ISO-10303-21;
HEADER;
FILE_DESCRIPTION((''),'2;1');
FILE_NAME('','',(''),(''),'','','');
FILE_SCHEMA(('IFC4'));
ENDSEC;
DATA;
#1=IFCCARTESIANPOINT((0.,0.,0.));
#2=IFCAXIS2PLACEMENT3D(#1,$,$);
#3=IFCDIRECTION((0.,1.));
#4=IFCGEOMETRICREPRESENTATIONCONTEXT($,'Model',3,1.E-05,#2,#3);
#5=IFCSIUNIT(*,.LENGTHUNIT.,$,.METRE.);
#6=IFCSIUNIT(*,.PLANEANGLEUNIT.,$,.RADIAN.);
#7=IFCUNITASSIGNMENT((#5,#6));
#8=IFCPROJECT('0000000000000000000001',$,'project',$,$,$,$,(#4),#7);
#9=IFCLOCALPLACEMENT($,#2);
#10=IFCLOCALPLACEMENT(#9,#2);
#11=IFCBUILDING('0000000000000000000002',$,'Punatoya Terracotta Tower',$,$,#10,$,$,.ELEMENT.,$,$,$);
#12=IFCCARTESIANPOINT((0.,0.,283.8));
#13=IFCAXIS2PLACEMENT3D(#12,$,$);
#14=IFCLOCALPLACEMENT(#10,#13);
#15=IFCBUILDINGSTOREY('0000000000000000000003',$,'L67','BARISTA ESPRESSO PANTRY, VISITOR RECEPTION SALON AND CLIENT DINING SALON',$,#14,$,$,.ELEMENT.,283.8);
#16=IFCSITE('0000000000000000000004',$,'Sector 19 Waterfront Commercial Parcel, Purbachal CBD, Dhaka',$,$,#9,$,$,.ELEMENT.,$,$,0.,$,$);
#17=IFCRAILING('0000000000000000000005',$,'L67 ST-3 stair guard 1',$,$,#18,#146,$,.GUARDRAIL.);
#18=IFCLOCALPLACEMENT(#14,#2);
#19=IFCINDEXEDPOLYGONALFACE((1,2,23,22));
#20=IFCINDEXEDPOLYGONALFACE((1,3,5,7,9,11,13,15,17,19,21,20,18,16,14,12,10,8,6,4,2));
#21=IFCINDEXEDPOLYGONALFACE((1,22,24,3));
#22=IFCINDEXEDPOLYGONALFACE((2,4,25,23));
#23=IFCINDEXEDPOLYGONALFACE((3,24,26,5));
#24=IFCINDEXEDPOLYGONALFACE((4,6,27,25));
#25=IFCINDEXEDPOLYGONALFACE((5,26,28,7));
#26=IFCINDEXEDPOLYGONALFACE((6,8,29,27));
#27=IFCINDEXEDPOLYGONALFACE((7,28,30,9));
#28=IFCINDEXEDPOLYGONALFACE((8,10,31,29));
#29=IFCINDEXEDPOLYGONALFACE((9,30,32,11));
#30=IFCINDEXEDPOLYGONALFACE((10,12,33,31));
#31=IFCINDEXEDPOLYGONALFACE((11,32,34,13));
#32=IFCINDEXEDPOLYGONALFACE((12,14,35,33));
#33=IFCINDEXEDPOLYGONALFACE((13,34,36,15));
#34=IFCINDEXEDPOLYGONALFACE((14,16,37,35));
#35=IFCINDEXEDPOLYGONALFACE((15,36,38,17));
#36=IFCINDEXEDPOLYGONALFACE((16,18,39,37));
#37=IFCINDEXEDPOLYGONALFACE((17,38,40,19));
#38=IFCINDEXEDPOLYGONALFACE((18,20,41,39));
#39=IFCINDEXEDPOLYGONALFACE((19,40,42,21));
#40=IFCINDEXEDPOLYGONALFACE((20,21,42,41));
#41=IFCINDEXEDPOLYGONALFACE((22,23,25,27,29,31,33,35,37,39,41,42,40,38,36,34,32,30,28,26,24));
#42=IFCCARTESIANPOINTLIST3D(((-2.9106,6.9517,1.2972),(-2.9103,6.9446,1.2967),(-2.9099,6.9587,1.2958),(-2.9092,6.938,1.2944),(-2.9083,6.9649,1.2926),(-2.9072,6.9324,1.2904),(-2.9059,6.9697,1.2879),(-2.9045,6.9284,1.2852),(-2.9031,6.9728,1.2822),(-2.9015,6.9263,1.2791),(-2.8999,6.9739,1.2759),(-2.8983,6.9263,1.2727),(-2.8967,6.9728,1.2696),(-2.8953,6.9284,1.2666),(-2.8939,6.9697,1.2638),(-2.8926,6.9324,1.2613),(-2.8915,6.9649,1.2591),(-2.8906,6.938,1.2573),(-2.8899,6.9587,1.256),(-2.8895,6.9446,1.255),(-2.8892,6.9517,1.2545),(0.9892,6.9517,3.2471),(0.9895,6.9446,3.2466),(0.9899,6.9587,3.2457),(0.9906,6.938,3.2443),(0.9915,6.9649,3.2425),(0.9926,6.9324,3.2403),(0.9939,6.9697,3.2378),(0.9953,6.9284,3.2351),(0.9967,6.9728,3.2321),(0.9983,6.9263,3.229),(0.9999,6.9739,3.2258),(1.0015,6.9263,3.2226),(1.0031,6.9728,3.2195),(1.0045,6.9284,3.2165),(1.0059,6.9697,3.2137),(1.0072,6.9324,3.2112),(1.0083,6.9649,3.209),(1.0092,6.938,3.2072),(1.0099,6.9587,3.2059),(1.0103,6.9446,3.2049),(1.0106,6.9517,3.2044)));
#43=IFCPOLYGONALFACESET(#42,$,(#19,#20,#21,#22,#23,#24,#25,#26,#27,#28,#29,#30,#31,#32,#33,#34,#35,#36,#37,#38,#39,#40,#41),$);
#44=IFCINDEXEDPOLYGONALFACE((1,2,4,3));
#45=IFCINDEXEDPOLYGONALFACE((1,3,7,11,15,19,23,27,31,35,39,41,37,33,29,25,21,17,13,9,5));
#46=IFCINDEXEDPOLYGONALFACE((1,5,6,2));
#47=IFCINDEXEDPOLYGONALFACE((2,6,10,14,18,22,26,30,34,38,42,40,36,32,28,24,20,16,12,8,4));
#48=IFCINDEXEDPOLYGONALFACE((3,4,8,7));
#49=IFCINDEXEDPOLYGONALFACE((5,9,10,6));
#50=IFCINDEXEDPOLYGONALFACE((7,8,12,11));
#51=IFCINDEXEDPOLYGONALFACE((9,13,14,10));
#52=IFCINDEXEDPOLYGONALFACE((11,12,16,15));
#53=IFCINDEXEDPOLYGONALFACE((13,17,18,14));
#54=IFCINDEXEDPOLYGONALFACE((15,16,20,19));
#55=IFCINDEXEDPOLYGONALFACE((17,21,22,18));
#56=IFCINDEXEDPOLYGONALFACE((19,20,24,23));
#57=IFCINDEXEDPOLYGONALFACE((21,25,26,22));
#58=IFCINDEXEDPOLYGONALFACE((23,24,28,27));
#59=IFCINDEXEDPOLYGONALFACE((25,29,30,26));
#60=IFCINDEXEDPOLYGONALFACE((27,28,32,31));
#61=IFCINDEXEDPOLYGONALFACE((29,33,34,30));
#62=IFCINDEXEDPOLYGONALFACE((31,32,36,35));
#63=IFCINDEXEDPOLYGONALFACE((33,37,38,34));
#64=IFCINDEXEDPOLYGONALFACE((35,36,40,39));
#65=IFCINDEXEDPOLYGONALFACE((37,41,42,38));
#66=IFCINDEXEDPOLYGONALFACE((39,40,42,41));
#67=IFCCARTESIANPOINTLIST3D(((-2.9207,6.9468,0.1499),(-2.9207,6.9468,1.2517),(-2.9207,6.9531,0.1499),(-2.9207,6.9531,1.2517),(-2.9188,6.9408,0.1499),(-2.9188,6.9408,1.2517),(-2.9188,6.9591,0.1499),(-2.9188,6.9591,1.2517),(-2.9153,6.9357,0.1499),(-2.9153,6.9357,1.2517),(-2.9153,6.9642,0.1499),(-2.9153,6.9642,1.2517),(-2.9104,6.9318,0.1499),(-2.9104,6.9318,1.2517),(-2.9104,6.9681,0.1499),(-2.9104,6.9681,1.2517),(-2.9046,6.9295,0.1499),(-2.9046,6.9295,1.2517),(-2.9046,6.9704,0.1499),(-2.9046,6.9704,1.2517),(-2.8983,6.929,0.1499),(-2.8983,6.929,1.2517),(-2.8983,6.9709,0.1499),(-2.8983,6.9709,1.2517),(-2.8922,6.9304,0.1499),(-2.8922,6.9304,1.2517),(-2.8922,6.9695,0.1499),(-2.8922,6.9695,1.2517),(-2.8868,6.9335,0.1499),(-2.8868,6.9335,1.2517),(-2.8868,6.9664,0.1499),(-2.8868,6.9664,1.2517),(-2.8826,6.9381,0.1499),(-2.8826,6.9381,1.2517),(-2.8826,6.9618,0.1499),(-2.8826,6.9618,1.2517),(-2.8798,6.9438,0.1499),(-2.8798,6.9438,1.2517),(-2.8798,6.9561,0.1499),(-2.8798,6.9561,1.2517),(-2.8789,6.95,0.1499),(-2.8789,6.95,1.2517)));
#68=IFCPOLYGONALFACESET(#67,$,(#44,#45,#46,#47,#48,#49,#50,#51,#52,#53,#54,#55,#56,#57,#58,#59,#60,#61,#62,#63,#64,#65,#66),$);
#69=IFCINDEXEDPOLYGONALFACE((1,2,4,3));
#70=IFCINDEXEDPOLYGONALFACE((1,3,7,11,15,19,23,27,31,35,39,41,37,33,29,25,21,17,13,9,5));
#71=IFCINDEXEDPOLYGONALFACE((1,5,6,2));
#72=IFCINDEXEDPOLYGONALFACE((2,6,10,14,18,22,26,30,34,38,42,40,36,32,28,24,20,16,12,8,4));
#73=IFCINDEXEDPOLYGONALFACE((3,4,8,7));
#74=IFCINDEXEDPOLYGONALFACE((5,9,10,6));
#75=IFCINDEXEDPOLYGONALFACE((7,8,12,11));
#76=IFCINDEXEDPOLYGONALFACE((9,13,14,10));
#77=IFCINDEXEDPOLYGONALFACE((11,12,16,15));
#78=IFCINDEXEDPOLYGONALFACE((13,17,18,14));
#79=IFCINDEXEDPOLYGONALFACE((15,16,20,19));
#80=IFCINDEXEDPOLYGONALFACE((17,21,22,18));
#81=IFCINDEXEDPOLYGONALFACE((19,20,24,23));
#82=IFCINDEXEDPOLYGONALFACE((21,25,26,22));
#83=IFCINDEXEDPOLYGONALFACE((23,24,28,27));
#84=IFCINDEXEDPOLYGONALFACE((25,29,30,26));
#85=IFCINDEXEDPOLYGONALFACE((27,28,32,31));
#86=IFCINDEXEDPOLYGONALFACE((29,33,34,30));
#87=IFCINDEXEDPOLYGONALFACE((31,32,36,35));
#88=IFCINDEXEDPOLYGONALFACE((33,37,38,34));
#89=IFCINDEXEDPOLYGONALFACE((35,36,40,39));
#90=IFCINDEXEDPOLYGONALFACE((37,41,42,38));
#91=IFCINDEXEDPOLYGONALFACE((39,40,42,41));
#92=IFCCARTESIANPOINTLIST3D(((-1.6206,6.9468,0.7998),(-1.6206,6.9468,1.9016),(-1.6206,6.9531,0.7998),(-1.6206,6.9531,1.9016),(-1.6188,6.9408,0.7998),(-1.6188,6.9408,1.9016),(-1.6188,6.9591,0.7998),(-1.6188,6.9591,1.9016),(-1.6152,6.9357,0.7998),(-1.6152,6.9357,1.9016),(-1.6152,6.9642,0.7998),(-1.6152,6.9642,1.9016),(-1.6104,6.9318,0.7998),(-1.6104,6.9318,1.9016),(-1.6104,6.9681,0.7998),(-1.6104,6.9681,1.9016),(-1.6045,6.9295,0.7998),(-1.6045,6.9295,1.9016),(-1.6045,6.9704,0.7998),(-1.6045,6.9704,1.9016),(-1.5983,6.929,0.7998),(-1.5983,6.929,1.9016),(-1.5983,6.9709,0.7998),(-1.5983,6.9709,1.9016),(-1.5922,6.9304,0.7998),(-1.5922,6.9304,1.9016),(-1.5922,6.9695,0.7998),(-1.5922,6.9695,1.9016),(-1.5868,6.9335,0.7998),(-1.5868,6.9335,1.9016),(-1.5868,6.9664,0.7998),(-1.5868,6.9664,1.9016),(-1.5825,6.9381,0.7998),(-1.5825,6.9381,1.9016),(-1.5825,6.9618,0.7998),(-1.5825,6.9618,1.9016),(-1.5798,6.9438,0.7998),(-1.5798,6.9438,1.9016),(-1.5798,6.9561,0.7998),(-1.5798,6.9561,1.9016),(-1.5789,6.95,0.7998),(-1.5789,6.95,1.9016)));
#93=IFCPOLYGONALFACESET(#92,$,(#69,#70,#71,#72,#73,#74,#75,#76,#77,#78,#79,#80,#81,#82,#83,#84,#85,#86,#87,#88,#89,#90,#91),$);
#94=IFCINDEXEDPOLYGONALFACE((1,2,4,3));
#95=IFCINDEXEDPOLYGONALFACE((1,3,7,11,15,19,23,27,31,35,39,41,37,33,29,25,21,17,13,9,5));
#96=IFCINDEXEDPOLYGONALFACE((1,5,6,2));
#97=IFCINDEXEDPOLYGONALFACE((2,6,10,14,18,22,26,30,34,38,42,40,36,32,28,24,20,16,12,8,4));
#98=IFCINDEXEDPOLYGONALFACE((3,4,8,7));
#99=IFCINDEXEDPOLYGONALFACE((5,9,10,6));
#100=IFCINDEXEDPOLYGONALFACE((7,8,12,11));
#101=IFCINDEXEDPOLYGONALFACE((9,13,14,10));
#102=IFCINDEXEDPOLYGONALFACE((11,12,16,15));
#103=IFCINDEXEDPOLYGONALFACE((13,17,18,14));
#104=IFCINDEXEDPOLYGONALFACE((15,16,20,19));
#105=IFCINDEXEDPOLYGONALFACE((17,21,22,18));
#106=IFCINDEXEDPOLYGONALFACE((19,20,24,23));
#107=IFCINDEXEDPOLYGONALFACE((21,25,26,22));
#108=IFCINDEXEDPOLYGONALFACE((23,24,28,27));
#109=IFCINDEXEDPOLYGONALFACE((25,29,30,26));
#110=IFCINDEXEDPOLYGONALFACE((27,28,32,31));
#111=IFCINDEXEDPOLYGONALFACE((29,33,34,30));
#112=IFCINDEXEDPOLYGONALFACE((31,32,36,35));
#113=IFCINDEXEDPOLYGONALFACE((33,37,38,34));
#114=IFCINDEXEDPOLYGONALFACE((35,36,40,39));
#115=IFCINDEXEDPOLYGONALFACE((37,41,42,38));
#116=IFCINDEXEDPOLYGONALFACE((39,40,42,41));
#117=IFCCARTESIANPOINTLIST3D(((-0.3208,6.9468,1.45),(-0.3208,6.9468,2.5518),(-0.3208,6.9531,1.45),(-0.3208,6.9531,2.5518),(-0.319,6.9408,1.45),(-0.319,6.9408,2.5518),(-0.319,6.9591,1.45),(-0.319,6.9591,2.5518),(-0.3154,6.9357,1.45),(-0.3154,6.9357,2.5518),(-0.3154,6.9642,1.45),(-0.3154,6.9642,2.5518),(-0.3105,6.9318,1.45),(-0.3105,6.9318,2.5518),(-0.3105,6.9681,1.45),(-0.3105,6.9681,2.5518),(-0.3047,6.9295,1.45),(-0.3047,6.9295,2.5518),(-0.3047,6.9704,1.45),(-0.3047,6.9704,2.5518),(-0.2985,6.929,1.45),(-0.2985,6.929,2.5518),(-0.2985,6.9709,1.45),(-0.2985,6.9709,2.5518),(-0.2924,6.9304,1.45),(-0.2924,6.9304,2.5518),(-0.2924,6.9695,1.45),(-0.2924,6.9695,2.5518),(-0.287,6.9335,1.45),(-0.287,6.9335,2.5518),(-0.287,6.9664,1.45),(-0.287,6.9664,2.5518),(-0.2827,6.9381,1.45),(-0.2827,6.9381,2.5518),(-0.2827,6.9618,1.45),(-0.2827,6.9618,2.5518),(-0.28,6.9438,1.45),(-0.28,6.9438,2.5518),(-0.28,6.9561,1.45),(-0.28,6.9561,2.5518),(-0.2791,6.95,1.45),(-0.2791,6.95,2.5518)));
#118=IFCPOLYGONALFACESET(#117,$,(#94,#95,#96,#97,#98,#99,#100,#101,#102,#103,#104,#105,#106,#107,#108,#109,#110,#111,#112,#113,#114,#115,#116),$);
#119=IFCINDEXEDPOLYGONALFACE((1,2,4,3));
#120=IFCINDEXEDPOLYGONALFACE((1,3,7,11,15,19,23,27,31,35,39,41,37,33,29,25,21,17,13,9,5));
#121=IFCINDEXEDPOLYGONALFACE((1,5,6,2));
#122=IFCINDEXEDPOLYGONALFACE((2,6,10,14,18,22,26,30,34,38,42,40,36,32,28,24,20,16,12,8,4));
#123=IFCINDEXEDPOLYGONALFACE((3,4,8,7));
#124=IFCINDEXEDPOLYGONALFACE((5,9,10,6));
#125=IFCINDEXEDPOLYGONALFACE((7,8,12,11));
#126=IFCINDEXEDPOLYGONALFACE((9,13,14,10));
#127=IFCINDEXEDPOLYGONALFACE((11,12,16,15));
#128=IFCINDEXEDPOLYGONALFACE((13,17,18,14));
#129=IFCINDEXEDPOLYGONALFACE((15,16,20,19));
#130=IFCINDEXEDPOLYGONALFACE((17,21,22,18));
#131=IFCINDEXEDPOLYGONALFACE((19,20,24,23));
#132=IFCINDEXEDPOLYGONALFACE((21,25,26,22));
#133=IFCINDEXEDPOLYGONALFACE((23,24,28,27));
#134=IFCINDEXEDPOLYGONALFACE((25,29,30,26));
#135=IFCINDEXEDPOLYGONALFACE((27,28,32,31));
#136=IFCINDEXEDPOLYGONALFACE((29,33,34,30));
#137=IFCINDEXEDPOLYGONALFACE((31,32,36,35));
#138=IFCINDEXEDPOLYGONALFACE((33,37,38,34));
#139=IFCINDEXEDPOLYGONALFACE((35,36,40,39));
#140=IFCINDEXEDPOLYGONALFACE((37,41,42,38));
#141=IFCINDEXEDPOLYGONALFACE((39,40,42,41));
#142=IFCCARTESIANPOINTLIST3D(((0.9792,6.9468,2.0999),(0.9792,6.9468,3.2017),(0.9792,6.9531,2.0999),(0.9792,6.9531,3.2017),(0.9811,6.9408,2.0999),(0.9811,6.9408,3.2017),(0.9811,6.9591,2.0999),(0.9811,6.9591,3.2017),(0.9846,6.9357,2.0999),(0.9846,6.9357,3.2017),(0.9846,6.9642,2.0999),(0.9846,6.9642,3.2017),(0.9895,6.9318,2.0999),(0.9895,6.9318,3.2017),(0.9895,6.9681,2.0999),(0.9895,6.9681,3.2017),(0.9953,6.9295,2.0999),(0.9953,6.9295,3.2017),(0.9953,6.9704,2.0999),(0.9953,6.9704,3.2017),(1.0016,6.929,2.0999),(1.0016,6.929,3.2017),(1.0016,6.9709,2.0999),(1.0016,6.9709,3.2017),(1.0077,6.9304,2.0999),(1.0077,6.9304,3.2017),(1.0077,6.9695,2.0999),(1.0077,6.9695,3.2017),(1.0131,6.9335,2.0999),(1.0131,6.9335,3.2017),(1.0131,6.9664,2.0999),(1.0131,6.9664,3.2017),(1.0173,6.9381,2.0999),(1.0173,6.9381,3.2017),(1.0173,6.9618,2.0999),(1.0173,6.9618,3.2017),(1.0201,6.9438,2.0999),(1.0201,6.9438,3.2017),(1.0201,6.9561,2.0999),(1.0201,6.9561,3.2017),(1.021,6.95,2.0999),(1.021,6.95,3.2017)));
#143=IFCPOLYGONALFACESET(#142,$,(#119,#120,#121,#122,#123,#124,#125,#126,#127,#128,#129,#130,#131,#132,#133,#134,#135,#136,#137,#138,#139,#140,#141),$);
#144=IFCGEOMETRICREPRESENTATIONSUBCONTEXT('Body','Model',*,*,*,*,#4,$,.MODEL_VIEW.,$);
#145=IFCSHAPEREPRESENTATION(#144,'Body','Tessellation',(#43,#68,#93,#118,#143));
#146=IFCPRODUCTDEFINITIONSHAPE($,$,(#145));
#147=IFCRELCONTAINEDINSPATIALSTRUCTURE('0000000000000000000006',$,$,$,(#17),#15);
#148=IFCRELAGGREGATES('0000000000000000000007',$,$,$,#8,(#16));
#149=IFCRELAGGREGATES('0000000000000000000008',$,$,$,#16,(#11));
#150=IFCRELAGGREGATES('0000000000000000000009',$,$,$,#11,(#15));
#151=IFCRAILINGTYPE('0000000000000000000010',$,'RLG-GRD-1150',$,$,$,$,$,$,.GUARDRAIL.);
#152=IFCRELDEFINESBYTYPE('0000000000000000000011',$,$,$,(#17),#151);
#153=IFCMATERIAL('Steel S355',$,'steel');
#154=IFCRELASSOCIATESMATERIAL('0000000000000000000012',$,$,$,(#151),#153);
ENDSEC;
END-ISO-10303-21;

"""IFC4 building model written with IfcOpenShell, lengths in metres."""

from ifc_helpers import new_model, si_unit, direction, frame, origin, origin_2d, place, context, subcontext, project, spatial, circle, extrude, material, type_object, element, save


model = new_model("IFC4")

# Units and contexts
model_context = context("Model", 3, precision=1e-05, world=origin(), true_north=direction((0.0, 1.0)))
body_context = subcontext(model_context, "Body", "Model", "MODEL_VIEW")
ifc_project = project(units=[si_unit("LENGTHUNIT", "METRE"), si_unit("PLANEANGLEUNIT", "RADIAN")], contexts=[model_context])

# Site, building, storey
site_placement = place(None, origin())
site = spatial("IfcSite", under=ifc_project, at=site_placement, Name="Sector 19 Waterfront Commercial Parcel, Purbachal CBD, Dhaka", CompositionType="ELEMENT", RefElevation=0.0)
building_placement = place(site_placement, origin())
building = spatial("IfcBuilding", under=site, at=building_placement, Name="Punatoya Terracotta Tower", CompositionType="ELEMENT")
storey_placement = place(building_placement, frame((0.0, 0.0, 283.8)))
storey = spatial("IfcBuildingStorey", under=building, at=storey_placement, Name="L67", Description="BARISTA ESPRESSO PANTRY, VISITOR RECEPTION SALON AND CLIENT DINING SALON", CompositionType="ELEMENT", Elevation=283.8)

# Railing
ifc_material_1 = material(Name="Steel S355", Category="steel")
railing_type = type_object("IfcRailingType", Name="RLG-GRD-1150", PredefinedType="GUARDRAIL", material=ifc_material_1)
railing_1_placement = place(storey_placement, frame((-2.8999, 6.95, 0.1499)))
element("IfcRailing", 1, at=railing_1_placement, inside=storey, type_object=railing_type, Name="L67 ST-3 stair guard 1", PredefinedType="GUARDRAIL", context=body_context, shape_type="SweptSolid", body=[
    extrude(circle(Radius=0.0239, at=origin_2d()), frame((0.0, 0.0, 1.126), z_axis=(0.894427, 0.0, 0.447214), x_axis=(0.0, 1.0, 0.0)), (0.0, 0.0, 1.0), 4.3601),
    extrude(circle(Radius=0.021, at=origin_2d()), origin(), (0.0, 0.0, 1.0), 1.1018),
    extrude(circle(Radius=0.021, at=origin_2d()), frame((1.3, 0.0, 0.6499)), (0.0, 0.0, 1.0), 1.1018),
    extrude(circle(Radius=0.021, at=origin_2d()), frame((2.5999, 0.0, 1.3)), (0.0, 0.0, 1.0), 1.1018),
    extrude(circle(Radius=0.021, at=origin_2d()), frame((3.8999, 0.0, 1.95)), (0.0, 0.0, 1.0), 1.1018),
])

save(model, "model.ifc")
